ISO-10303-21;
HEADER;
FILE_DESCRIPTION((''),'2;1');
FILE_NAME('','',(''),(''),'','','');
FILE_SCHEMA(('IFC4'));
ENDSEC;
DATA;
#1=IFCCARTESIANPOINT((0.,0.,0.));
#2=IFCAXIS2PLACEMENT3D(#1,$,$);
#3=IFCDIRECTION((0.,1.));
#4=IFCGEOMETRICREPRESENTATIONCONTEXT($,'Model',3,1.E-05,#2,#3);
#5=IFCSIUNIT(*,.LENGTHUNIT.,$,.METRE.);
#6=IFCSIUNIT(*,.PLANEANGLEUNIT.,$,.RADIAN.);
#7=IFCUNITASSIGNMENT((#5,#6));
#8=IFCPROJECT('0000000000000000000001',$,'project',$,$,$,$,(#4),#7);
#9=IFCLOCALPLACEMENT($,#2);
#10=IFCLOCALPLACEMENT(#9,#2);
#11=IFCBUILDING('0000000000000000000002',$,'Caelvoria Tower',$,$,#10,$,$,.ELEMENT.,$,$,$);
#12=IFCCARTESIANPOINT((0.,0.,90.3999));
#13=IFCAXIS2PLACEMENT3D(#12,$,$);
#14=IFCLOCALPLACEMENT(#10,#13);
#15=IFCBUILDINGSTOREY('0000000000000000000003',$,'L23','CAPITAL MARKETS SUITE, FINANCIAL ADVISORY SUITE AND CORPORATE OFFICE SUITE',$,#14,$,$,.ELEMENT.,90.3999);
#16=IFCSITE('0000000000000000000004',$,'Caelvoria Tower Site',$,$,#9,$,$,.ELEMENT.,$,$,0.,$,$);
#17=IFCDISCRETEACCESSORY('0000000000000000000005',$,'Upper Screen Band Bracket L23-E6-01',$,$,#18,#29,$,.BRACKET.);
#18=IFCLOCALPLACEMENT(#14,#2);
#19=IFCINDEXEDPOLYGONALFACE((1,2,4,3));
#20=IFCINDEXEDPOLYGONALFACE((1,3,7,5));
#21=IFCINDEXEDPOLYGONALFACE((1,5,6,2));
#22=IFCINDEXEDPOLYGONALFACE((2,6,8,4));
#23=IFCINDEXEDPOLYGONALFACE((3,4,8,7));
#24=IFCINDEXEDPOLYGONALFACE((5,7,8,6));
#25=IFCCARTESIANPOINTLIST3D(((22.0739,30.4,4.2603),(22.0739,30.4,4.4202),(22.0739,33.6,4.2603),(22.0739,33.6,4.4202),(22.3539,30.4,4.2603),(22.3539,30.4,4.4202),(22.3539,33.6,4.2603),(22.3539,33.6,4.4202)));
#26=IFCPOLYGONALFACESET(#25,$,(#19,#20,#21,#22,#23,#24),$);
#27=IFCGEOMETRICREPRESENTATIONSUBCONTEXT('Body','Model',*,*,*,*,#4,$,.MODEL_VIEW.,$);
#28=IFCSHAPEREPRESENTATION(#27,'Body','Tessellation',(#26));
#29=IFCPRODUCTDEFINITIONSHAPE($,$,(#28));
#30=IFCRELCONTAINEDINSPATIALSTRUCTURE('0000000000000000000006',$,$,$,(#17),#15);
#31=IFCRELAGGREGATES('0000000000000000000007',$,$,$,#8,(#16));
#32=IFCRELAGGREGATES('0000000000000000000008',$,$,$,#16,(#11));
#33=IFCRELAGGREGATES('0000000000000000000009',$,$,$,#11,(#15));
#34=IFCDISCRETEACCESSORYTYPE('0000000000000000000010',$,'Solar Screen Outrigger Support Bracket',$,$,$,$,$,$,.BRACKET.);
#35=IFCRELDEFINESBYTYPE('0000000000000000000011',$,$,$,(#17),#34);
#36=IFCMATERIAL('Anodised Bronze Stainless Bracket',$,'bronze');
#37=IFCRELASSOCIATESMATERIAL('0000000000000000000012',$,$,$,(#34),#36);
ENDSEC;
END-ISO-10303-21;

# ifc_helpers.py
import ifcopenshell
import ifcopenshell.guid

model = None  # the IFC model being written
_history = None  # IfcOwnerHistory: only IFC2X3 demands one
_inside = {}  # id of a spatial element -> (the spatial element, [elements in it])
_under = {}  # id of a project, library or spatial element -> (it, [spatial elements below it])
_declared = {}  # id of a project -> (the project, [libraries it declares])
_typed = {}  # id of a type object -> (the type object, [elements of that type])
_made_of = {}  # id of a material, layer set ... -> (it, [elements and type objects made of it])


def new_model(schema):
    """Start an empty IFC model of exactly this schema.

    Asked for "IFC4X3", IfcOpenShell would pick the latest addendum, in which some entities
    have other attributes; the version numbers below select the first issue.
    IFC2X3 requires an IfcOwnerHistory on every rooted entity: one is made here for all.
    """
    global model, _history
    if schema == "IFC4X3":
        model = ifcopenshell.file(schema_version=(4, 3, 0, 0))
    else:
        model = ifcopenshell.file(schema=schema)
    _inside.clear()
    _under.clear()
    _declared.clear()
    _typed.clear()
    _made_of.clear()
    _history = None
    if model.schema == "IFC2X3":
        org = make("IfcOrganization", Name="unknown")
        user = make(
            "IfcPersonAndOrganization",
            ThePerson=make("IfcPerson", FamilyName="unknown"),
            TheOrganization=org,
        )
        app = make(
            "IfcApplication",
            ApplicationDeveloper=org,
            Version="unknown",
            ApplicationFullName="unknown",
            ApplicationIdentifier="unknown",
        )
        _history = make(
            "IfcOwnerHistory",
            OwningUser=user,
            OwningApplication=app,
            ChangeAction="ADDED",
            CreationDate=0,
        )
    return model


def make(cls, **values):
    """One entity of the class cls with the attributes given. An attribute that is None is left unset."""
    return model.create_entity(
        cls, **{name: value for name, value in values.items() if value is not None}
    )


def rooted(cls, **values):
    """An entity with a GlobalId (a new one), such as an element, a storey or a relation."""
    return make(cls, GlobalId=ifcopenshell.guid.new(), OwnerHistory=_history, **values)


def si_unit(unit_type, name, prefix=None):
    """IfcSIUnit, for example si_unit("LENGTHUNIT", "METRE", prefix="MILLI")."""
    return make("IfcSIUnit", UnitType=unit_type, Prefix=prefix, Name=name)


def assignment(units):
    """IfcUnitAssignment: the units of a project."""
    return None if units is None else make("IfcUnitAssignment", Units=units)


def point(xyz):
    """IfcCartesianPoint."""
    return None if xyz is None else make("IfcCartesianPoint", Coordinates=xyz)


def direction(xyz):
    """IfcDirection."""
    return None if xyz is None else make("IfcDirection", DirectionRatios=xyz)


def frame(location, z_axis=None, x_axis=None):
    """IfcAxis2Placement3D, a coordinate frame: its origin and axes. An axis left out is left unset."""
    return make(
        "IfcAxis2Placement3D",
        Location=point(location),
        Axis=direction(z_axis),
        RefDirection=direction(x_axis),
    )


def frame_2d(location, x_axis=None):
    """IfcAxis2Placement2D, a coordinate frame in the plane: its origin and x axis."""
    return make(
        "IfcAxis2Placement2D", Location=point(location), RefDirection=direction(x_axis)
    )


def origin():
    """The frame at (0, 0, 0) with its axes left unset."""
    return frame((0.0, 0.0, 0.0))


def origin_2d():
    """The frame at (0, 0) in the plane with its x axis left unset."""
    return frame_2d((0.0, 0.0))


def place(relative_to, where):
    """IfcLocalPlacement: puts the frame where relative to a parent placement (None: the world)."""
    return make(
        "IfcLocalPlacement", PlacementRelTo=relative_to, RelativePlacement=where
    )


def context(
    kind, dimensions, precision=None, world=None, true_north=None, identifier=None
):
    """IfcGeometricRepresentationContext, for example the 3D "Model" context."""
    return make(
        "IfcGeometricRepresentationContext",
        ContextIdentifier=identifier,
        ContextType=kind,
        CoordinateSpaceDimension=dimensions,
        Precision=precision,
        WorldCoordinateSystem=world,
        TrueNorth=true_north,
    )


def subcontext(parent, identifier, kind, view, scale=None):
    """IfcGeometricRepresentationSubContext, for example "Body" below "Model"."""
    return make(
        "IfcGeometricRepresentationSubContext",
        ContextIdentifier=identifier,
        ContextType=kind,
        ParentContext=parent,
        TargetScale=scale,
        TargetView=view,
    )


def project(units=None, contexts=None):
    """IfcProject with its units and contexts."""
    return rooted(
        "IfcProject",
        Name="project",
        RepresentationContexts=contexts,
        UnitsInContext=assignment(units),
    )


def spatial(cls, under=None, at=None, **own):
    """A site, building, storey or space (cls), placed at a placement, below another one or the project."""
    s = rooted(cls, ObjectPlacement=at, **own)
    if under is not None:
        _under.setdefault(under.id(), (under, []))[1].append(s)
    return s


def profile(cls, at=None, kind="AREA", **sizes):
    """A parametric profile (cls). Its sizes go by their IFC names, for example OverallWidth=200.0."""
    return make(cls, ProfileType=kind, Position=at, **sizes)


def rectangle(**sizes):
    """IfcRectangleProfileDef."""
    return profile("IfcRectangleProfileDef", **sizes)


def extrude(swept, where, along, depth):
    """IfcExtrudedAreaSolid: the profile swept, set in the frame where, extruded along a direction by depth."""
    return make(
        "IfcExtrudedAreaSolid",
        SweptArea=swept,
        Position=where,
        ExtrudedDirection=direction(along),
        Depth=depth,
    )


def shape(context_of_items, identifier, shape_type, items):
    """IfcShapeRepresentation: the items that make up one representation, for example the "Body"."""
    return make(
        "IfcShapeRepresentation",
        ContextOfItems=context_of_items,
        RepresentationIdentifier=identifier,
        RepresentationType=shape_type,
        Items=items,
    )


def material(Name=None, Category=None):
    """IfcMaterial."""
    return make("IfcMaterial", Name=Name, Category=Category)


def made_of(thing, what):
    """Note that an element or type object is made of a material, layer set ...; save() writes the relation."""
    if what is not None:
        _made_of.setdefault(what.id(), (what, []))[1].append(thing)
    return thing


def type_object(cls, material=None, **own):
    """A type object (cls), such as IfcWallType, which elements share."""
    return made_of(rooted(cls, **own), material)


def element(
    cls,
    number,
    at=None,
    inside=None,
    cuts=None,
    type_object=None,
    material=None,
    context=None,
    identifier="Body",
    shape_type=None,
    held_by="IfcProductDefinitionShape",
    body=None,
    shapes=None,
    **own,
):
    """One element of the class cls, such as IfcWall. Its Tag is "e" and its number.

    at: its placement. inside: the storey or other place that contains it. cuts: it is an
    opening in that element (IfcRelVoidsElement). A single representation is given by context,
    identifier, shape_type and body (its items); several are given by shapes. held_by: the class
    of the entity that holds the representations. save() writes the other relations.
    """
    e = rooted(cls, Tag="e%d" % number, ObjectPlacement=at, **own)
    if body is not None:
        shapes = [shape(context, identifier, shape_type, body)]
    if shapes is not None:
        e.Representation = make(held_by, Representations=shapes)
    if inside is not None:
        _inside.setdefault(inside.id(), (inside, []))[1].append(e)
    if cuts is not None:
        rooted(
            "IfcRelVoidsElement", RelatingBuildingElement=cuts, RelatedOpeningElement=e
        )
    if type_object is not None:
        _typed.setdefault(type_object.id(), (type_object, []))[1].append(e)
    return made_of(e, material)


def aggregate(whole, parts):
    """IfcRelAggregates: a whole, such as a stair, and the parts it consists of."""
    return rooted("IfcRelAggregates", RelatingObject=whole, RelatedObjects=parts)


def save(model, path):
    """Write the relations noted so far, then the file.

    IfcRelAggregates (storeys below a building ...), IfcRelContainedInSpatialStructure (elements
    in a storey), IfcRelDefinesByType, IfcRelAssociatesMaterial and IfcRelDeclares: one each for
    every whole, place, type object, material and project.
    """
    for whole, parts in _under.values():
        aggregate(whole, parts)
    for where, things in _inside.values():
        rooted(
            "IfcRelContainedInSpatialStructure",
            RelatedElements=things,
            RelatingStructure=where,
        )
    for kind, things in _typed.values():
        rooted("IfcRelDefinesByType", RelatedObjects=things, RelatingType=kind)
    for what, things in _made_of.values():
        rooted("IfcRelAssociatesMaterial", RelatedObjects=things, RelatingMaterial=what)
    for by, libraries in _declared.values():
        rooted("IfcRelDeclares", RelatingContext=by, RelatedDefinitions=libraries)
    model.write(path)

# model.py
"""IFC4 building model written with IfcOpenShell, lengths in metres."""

from ifc_helpers import new_model, si_unit, direction, frame, origin, origin_2d, place, context, subcontext, project, spatial, rectangle, extrude, material, type_object, element, save


model = new_model("IFC4")

# Units and contexts
model_context = context("Model", 3, precision=1e-05, world=origin(), true_north=direction((0.0, 1.0)))
body_context = subcontext(model_context, "Body", "Model", "MODEL_VIEW")
ifc_project = project(units=[si_unit("LENGTHUNIT", "METRE"), si_unit("PLANEANGLEUNIT", "RADIAN")], contexts=[model_context])

# Site, building, storey
site_placement = place(None, origin())
site = spatial("IfcSite", under=ifc_project, at=site_placement, Name="Caelvoria Tower Site", CompositionType="ELEMENT", RefElevation=0.0)
building_placement = place(site_placement, origin())
building = spatial("IfcBuilding", under=site, at=building_placement, Name="Caelvoria Tower", CompositionType="ELEMENT")
storey_placement = place(building_placement, frame((0.0, 0.0, 90.3999)))
storey = spatial("IfcBuildingStorey", under=building, at=storey_placement, Name="L23", Description="CAPITAL MARKETS SUITE, FINANCIAL ADVISORY SUITE AND CORPORATE OFFICE SUITE", CompositionType="ELEMENT", Elevation=90.3999)

# Discrete accessory
ifc_material_1 = material(Name="Anodised Bronze Stainless Bracket", Category="bronze")
discrete_accessory_type = type_object("IfcDiscreteAccessoryType", Name="Solar Screen Outrigger Support Bracket", PredefinedType="BRACKET", material=ifc_material_1)
for number, where, z_axis, x_axis, name in (
    (1, (22.2139, 32.0, 4.2603), (0.0, 0.0, 1.0), (0.0, -1.0, 0.0), "Upper Screen Band Bracket L23-E6-01"),
):
    element("IfcDiscreteAccessory", number, at=place(storey_placement, frame(where, z_axis=z_axis, x_axis=x_axis)), inside=storey, type_object=discrete_accessory_type, Name=name, PredefinedType="BRACKET", context=body_context, shape_type="SweptSolid", body=[
        extrude(rectangle(XDim=3.2, YDim=0.28, at=origin_2d()), origin(), (0.0, 0.0, 1.0), 0.1599),
    ])

save(model, "model.ifc")
